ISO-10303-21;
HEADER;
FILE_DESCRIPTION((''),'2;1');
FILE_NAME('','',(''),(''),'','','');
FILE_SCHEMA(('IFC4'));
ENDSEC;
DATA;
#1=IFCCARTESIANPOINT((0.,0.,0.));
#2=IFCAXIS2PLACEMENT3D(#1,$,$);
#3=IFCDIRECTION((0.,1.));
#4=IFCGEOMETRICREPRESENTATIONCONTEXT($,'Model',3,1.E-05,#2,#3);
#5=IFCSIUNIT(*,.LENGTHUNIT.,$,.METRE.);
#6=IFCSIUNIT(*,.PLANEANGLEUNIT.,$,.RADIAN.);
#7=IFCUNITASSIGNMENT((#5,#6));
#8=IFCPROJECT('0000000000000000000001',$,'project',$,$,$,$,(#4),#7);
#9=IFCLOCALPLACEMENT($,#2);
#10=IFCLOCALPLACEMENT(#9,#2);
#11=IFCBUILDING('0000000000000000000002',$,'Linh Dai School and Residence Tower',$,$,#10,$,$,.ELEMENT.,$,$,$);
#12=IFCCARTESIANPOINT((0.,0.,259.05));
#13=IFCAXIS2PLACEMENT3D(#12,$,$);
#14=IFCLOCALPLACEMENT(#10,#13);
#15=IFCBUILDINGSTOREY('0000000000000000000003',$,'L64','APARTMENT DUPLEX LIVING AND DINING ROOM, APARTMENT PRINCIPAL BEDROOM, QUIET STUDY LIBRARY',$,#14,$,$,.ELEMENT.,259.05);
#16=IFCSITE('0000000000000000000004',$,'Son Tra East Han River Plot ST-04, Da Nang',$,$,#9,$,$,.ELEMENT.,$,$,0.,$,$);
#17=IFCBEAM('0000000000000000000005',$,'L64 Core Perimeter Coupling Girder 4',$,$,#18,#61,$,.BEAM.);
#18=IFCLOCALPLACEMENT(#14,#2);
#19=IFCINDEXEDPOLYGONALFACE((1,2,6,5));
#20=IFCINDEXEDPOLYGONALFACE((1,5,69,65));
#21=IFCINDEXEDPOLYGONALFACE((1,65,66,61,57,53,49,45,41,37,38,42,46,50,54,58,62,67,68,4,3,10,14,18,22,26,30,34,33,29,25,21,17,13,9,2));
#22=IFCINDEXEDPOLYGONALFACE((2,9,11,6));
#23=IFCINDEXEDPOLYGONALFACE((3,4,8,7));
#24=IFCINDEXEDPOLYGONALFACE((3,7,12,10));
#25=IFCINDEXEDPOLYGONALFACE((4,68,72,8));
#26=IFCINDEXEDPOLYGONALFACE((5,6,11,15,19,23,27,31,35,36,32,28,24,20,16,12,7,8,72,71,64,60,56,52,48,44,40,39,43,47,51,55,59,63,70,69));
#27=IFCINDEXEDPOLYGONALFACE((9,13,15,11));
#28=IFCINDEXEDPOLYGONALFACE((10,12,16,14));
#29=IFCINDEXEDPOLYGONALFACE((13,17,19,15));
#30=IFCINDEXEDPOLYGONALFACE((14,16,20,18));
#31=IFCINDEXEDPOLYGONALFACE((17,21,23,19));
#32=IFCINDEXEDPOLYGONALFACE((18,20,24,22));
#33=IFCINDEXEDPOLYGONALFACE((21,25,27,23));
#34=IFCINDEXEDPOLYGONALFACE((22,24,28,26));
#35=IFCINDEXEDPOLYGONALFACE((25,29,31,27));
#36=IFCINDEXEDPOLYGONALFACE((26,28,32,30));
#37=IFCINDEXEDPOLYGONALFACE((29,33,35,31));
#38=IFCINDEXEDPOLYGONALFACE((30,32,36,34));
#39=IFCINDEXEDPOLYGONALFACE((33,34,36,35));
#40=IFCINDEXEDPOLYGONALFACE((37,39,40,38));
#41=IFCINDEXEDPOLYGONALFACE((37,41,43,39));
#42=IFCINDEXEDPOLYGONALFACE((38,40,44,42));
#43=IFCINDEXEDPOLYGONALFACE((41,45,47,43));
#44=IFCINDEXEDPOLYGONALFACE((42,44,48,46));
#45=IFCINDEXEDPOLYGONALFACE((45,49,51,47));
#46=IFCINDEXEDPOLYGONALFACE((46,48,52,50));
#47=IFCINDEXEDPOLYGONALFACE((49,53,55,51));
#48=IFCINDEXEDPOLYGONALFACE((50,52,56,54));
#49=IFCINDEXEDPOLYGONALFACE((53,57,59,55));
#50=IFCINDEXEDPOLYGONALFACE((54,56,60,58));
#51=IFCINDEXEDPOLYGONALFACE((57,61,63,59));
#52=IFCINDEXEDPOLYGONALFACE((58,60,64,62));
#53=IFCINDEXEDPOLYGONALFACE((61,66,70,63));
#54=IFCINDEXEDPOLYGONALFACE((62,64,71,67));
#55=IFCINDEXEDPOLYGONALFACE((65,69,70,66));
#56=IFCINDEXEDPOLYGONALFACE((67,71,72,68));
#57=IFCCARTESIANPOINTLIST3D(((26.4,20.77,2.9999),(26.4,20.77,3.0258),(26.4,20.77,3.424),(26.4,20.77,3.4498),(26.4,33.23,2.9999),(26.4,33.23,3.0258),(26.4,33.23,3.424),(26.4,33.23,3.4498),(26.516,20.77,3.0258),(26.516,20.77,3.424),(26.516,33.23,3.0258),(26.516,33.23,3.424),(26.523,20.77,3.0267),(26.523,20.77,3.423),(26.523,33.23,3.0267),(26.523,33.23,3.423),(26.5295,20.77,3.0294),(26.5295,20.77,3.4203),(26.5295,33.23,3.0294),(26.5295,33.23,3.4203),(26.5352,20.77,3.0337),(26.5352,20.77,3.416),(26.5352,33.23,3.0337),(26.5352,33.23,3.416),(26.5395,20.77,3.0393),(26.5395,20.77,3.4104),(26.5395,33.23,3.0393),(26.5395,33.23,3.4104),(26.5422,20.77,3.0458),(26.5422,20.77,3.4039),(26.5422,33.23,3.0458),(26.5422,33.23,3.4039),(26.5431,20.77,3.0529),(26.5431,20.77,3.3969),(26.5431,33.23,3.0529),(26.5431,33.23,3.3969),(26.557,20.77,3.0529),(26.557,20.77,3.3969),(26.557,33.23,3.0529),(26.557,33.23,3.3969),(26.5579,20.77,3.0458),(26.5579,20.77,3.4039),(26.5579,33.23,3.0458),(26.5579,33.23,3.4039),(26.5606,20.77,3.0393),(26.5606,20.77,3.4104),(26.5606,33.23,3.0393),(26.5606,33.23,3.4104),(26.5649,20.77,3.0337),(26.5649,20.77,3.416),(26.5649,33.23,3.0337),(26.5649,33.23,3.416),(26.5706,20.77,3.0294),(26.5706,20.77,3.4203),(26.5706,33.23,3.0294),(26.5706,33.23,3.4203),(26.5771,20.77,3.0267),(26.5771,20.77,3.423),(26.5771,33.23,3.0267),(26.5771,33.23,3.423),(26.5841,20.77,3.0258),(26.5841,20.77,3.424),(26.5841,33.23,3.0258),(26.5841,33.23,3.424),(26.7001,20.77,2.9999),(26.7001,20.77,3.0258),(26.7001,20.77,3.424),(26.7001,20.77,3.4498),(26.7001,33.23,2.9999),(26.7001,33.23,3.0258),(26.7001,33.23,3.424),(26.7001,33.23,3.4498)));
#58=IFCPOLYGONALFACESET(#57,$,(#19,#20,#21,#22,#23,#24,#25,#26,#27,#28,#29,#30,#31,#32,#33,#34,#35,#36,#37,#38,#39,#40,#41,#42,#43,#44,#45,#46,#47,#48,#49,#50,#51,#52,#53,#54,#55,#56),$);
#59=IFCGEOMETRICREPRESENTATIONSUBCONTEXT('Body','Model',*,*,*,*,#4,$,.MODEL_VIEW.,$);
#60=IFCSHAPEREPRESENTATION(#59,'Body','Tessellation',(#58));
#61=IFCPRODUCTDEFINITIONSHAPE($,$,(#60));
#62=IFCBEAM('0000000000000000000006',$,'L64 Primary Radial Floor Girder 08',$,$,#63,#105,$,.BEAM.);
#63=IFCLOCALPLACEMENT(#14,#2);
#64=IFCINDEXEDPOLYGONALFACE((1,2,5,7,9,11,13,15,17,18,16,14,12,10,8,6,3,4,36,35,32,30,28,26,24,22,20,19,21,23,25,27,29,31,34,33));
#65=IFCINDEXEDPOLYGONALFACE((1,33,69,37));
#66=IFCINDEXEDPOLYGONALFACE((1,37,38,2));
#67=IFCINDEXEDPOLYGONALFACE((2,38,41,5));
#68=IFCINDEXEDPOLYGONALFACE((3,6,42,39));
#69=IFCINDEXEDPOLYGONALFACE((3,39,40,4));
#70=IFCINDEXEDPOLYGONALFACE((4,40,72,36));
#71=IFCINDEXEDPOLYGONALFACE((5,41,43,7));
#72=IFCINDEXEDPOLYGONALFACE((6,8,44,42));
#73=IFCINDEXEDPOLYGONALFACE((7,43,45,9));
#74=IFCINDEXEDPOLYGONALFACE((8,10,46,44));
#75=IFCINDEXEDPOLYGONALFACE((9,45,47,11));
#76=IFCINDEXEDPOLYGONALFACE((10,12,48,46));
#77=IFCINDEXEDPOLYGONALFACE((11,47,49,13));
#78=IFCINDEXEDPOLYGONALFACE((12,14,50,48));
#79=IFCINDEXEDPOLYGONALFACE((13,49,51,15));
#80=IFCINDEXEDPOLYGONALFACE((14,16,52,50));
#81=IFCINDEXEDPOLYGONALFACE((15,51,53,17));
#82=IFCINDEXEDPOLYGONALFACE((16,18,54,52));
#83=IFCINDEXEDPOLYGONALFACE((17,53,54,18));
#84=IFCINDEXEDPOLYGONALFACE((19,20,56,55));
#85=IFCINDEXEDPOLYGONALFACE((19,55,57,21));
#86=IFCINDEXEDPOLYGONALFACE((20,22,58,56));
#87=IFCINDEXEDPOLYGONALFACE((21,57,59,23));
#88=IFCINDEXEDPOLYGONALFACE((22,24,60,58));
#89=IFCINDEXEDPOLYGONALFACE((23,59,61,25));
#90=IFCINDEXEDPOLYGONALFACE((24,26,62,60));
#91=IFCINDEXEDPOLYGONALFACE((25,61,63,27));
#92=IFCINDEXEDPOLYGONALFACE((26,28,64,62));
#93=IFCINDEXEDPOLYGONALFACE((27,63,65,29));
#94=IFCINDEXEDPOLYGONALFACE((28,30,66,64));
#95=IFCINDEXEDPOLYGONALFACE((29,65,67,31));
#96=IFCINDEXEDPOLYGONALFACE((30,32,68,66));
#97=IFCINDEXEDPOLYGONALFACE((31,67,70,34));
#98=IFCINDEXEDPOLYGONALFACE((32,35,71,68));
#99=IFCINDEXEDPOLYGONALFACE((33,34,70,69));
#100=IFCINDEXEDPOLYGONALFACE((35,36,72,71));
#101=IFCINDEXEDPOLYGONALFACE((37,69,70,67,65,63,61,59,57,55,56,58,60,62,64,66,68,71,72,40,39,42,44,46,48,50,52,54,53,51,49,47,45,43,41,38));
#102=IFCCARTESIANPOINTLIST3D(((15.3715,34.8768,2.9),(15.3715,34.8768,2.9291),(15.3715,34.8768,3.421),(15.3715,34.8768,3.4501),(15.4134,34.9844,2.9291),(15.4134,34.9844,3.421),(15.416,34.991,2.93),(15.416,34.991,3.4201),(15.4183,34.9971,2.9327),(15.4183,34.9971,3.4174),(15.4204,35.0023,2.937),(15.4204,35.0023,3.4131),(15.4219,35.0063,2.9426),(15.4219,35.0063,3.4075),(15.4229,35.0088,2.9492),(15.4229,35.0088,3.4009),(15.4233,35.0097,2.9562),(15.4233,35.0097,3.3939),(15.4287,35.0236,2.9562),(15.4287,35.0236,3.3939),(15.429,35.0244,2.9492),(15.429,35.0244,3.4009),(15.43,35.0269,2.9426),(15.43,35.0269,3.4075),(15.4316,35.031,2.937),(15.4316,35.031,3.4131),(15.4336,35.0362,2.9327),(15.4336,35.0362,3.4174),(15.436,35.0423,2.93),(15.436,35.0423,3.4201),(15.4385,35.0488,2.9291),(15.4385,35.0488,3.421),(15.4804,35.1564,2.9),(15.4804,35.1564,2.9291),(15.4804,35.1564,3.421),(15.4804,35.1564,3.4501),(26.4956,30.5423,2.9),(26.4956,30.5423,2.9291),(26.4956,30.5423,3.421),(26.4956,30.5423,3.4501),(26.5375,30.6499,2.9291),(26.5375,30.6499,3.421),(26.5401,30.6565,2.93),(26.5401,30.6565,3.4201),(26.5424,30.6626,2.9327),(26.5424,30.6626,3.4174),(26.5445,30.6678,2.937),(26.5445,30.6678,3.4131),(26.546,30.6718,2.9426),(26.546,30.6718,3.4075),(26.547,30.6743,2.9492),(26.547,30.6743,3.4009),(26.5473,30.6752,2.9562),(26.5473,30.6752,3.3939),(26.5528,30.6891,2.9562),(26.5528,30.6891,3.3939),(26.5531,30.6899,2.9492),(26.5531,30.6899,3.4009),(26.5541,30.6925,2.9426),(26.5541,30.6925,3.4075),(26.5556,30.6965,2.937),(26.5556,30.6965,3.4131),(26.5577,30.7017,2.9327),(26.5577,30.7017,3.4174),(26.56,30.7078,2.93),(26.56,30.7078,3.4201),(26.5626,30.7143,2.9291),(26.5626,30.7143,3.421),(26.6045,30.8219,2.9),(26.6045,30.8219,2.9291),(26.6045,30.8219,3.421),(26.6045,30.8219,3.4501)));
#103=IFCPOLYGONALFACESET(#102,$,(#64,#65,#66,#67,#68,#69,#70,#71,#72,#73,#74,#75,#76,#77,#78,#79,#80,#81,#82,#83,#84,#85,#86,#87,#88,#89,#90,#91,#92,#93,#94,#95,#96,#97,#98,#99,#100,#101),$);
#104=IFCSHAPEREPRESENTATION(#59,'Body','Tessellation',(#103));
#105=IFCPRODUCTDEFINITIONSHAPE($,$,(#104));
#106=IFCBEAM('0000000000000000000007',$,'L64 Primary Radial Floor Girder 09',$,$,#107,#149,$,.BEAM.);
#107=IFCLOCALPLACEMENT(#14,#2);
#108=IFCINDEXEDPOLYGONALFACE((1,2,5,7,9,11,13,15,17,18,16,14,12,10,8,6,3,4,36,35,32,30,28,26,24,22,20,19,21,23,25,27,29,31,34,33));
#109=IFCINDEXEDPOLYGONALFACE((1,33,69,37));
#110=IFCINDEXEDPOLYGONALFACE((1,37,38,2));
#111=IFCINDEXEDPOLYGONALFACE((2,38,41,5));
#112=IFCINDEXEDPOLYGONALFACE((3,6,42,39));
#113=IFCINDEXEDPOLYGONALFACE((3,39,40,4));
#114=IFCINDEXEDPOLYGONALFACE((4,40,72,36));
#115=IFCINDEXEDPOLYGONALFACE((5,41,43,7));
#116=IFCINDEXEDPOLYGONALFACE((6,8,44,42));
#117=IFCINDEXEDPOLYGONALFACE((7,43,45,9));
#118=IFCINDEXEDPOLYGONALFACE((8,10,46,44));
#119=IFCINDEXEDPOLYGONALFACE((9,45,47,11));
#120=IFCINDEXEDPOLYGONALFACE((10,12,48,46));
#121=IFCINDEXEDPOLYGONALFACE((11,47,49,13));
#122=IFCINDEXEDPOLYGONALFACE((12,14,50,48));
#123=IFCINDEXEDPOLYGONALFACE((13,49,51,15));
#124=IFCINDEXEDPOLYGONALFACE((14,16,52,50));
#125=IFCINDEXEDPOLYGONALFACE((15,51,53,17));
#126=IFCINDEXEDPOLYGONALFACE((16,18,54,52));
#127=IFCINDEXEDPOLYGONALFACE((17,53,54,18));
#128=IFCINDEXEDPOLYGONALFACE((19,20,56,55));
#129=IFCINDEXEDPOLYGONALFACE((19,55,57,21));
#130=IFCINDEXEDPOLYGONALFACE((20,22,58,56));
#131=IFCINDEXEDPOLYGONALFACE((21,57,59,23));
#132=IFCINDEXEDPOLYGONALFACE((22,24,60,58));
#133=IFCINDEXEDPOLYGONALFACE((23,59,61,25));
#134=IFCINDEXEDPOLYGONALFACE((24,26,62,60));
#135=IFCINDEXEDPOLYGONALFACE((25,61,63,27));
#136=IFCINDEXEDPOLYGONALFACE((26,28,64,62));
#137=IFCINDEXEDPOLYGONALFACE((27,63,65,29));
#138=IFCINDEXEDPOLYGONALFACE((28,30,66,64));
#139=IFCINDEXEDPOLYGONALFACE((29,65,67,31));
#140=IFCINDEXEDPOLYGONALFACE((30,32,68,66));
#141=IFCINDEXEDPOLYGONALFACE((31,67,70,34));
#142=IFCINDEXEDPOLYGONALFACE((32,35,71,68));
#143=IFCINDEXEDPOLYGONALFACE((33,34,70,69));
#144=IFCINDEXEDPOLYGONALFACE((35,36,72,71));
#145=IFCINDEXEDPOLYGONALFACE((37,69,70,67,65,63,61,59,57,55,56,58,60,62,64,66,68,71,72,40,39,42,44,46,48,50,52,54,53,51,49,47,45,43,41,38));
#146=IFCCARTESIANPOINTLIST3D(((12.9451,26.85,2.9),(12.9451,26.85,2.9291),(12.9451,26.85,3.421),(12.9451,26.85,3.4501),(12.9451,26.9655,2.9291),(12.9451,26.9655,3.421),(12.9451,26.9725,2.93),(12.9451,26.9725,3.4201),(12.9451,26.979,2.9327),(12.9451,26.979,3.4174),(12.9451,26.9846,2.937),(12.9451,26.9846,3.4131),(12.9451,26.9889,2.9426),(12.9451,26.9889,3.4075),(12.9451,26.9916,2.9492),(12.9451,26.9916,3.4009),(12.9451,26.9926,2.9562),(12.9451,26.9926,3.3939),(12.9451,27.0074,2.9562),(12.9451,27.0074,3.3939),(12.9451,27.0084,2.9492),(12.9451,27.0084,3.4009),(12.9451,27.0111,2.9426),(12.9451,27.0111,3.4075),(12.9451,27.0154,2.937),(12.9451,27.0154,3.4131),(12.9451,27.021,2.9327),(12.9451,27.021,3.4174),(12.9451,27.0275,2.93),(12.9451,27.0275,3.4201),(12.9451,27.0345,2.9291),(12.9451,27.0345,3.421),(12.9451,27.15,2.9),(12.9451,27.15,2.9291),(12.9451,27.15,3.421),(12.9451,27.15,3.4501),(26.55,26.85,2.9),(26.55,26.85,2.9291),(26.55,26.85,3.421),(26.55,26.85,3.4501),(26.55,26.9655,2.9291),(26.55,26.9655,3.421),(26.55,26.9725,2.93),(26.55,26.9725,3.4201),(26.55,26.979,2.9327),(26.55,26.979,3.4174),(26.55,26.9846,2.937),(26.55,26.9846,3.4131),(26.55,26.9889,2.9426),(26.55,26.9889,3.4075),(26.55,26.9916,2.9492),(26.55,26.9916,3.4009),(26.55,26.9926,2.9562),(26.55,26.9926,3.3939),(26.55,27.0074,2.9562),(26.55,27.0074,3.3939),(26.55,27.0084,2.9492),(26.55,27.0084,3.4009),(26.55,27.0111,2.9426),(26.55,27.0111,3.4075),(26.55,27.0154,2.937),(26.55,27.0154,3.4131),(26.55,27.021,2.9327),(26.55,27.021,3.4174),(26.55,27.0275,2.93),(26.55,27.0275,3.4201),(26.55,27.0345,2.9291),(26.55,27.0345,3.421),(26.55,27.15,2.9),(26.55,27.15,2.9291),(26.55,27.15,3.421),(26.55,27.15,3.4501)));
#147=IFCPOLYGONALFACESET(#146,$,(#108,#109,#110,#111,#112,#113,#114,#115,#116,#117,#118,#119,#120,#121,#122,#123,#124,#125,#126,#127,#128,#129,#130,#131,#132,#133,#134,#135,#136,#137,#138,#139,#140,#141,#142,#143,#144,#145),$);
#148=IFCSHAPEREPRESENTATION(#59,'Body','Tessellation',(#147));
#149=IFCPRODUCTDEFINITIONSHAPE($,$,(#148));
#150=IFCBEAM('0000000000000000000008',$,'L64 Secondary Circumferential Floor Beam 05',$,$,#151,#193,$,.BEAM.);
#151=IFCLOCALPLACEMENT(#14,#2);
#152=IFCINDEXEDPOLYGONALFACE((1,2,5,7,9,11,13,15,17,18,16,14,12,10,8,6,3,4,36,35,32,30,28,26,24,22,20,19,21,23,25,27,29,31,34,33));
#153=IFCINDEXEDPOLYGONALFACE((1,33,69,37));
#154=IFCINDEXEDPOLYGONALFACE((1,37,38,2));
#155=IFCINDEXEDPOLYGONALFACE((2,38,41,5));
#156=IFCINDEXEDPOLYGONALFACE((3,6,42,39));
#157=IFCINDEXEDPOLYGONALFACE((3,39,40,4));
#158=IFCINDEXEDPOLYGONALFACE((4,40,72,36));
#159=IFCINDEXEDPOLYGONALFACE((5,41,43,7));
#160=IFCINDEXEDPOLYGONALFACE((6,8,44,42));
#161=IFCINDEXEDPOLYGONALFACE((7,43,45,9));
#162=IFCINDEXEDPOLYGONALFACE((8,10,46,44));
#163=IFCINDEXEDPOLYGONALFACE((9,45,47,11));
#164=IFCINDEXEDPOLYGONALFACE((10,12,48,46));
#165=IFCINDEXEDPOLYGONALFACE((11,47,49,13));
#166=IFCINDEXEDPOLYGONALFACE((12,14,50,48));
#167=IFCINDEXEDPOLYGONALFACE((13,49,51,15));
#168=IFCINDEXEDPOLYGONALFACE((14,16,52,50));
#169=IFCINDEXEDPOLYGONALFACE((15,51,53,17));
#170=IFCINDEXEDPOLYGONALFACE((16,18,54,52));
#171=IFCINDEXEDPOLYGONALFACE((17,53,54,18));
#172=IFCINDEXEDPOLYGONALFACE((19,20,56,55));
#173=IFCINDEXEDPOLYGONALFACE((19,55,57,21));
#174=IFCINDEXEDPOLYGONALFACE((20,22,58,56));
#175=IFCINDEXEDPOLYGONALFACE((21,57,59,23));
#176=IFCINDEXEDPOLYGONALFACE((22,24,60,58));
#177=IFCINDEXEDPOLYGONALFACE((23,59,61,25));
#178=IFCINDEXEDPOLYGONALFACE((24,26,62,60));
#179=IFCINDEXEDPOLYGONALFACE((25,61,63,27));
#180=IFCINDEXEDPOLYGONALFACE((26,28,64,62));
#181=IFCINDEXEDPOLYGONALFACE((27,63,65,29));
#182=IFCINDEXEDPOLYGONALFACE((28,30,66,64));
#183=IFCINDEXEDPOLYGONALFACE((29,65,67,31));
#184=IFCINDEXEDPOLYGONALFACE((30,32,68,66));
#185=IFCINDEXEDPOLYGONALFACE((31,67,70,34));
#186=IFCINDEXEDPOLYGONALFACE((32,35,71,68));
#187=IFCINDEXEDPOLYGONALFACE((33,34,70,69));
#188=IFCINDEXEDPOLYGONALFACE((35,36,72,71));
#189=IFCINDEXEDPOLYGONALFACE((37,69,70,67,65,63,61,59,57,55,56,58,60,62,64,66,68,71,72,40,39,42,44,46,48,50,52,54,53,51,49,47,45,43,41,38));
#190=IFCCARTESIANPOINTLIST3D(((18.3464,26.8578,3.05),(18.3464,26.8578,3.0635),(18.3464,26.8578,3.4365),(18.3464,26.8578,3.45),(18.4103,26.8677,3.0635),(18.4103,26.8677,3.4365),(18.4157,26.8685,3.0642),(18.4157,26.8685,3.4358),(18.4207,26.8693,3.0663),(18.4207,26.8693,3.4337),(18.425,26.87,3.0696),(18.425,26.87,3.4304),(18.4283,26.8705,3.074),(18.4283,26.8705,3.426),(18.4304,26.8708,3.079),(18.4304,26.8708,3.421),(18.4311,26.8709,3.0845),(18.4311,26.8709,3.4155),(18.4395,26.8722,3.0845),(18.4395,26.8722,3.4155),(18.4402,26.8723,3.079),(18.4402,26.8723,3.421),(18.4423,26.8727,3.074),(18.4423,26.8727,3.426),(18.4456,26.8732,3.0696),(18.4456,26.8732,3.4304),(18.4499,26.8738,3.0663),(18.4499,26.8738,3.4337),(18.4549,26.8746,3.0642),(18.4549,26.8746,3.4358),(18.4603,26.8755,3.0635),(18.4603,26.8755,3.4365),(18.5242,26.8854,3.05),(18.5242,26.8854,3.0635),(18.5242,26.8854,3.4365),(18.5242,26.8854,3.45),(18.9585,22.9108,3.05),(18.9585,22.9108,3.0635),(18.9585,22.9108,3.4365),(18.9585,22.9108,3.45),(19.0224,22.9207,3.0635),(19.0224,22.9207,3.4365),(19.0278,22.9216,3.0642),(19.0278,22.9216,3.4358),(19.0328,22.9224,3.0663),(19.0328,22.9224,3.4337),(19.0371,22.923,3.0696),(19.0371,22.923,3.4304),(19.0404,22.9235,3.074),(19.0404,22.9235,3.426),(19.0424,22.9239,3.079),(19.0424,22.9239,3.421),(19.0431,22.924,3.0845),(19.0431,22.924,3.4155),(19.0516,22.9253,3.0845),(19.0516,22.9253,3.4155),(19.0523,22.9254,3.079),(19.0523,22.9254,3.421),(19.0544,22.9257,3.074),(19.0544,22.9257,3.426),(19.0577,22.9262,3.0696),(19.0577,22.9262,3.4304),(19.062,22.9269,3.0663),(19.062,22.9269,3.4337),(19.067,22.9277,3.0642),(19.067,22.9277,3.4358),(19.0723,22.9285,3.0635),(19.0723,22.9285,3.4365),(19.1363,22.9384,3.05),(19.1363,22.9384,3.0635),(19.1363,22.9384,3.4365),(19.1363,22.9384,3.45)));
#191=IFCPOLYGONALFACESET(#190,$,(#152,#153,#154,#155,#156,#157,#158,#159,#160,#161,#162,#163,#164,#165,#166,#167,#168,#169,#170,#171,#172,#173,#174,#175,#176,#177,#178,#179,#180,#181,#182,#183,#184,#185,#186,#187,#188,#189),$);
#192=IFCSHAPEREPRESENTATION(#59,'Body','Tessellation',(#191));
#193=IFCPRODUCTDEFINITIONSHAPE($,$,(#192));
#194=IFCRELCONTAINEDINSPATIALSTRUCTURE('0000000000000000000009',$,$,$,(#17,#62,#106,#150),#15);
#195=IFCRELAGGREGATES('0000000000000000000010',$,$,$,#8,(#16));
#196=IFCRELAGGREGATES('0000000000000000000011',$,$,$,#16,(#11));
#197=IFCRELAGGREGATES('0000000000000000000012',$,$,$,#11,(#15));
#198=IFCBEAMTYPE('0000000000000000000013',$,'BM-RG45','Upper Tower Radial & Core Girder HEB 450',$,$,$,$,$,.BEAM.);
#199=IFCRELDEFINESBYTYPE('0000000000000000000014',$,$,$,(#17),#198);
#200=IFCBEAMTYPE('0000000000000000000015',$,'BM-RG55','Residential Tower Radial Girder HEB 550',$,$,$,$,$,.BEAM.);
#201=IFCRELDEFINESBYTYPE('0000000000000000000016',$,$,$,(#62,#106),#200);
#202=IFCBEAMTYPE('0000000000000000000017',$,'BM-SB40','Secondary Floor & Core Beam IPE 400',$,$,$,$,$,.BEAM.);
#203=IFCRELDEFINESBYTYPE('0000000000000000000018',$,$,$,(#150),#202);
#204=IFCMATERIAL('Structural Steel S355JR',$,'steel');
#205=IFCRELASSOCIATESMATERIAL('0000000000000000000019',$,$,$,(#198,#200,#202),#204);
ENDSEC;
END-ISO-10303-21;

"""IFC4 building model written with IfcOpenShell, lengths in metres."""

from ifc_helpers import new_model, si_unit, direction, frame, origin, origin_2d, place, context, subcontext, project, spatial, i_section, extrude, material, material_profile, profile_set, type_object, element, save


model = new_model("IFC4")

# Units and contexts
model_context = context("Model", 3, precision=1e-05, world=origin(), true_north=direction((0.0, 1.0)))
body_context = subcontext(model_context, "Body", "Model", "MODEL_VIEW")
ifc_project = project(units=[si_unit("LENGTHUNIT", "METRE"), si_unit("PLANEANGLEUNIT", "RADIAN")], contexts=[model_context])

# Site, building, storey
site_placement = place(None, origin())
site = spatial("IfcSite", under=ifc_project, at=site_placement, Name="Son Tra East Han River Plot ST-04, Da Nang", CompositionType="ELEMENT", RefElevation=0.0)
building_placement = place(site_placement, origin())
building = spatial("IfcBuilding", under=site, at=building_placement, Name="Linh Dai School and Residence Tower", CompositionType="ELEMENT")
storey_placement = place(building_placement, frame((0.0, 0.0, 259.05)))
storey = spatial("IfcBuildingStorey", under=building, at=storey_placement, Name="L64", Description="APARTMENT DUPLEX LIVING AND DINING ROOM, APARTMENT PRINCIPAL BEDROOM, QUIET STUDY LIBRARY", CompositionType="ELEMENT", Elevation=259.05)

# Shared definitions
ifc_material_1 = material(Name="Structural Steel S355JR", Category="steel")

# Beams
ifc_material_profile_1 = material_profile(ifc_material_1, i_section(OverallWidth=0.3, OverallDepth=0.45, WebThickness=0.0139, FlangeThickness=0.0259, FilletRadius=0.0271, at=origin_2d()), Name="HEB 450")
ifc_profile_set_1 = profile_set([ifc_material_profile_1], Name="Structural Steel S355JR")
beam_type_1 = type_object("IfcBeamType", Name="BM-RG45", Description="Upper Tower Radial & Core Girder HEB 450", PredefinedType="BEAM", material=ifc_profile_set_1)
beam_1_placement = place(storey_placement, frame((26.55, 33.23, 3.2249), z_axis=(0.0, -1.0, 0.0), x_axis=(1.0, 0.0, 0.0)))
element("IfcBeam", 1, at=beam_1_placement, inside=storey, type_object=beam_type_1, Name="L64 Core Perimeter Coupling Girder 4", PredefinedType="BEAM", context=body_context, shape_type="SweptSolid", body=[
    extrude(i_section(OverallWidth=0.3, OverallDepth=0.45, WebThickness=0.0139, FlangeThickness=0.0259, FilletRadius=0.0271, at=origin_2d()), origin(), (0.0, 0.0, 1.0), 12.46),
])
ifc_material_profile_2 = material_profile(ifc_material_1, i_section(OverallWidth=0.3, OverallDepth=0.55, WebThickness=0.0149, FlangeThickness=0.0291, FilletRadius=0.0271, at=origin_2d()), Name="HEB 550")
ifc_profile_set_2 = profile_set([ifc_material_profile_2], Name="Structural Steel S355JR")
beam_type_2 = type_object("IfcBeamType", Name="BM-RG55", Description="Residential Tower Radial Girder HEB 550", PredefinedType="BEAM", material=ifc_profile_set_2)
beam_2_placement = place(storey_placement, frame((26.55, 30.6821, 3.175), z_axis=(-0.931765, 0.363062, 0.0), x_axis=(-0.363062, -0.931765, 0.0)))
element("IfcBeam", 2, at=beam_2_placement, inside=storey, type_object=beam_type_2, Name="L64 Primary Radial Floor Girder 08", PredefinedType="BEAM", context=body_context, shape_type="SweptSolid", body=[
    extrude(i_section(OverallWidth=0.3, OverallDepth=0.55, WebThickness=0.0149, FlangeThickness=0.0291, FilletRadius=0.0271, at=origin_2d()), origin(), (0.0, 0.0, 1.0), 11.9387),
])
beam_3_placement = place(storey_placement, frame((26.55, 27.0, 3.175), z_axis=(-1.0, 0.0, 0.0), x_axis=(0.0, -1.0, 0.0)))
element("IfcBeam", 3, at=beam_3_placement, inside=storey, type_object=beam_type_2, Name="L64 Primary Radial Floor Girder 09", PredefinedType="BEAM", context=body_context, shape_type="SweptSolid", body=[
    extrude(i_section(OverallWidth=0.3, OverallDepth=0.55, WebThickness=0.0149, FlangeThickness=0.0291, FilletRadius=0.0271, at=origin_2d()), origin(), (0.0, 0.0, 1.0), 13.605),
])
ifc_material_profile_3 = material_profile(ifc_material_1, i_section(OverallWidth=0.1799, OverallDepth=0.3999, WebThickness=0.0085, FlangeThickness=0.0134, FilletRadius=0.021, at=origin_2d()), Name="IPE 400")
ifc_profile_set_3 = profile_set([ifc_material_profile_3], Name="Structural Steel S355JR")
beam_type_3 = type_object("IfcBeamType", Name="BM-SB40", Description="Secondary Floor & Core Beam IPE 400", PredefinedType="BEAM", material=ifc_profile_set_3)
beam_4_placement = place(storey_placement, frame((18.4353, 26.8716, 3.25), z_axis=(0.153238, -0.988189, 0.0), x_axis=(0.988189, 0.153238, 0.0)))
element("IfcBeam", 4, at=beam_4_placement, inside=storey, type_object=beam_type_3, Name="L64 Secondary Circumferential Floor Beam 05", PredefinedType="BEAM", context=body_context, shape_type="SweptSolid", body=[
    extrude(i_section(OverallWidth=0.1799, OverallDepth=0.3999, WebThickness=0.0085, FlangeThickness=0.0134, FilletRadius=0.021, at=origin_2d()), origin(), (0.0, 0.0, 1.0), 3.9941),
])

save(model, "model.ifc")
